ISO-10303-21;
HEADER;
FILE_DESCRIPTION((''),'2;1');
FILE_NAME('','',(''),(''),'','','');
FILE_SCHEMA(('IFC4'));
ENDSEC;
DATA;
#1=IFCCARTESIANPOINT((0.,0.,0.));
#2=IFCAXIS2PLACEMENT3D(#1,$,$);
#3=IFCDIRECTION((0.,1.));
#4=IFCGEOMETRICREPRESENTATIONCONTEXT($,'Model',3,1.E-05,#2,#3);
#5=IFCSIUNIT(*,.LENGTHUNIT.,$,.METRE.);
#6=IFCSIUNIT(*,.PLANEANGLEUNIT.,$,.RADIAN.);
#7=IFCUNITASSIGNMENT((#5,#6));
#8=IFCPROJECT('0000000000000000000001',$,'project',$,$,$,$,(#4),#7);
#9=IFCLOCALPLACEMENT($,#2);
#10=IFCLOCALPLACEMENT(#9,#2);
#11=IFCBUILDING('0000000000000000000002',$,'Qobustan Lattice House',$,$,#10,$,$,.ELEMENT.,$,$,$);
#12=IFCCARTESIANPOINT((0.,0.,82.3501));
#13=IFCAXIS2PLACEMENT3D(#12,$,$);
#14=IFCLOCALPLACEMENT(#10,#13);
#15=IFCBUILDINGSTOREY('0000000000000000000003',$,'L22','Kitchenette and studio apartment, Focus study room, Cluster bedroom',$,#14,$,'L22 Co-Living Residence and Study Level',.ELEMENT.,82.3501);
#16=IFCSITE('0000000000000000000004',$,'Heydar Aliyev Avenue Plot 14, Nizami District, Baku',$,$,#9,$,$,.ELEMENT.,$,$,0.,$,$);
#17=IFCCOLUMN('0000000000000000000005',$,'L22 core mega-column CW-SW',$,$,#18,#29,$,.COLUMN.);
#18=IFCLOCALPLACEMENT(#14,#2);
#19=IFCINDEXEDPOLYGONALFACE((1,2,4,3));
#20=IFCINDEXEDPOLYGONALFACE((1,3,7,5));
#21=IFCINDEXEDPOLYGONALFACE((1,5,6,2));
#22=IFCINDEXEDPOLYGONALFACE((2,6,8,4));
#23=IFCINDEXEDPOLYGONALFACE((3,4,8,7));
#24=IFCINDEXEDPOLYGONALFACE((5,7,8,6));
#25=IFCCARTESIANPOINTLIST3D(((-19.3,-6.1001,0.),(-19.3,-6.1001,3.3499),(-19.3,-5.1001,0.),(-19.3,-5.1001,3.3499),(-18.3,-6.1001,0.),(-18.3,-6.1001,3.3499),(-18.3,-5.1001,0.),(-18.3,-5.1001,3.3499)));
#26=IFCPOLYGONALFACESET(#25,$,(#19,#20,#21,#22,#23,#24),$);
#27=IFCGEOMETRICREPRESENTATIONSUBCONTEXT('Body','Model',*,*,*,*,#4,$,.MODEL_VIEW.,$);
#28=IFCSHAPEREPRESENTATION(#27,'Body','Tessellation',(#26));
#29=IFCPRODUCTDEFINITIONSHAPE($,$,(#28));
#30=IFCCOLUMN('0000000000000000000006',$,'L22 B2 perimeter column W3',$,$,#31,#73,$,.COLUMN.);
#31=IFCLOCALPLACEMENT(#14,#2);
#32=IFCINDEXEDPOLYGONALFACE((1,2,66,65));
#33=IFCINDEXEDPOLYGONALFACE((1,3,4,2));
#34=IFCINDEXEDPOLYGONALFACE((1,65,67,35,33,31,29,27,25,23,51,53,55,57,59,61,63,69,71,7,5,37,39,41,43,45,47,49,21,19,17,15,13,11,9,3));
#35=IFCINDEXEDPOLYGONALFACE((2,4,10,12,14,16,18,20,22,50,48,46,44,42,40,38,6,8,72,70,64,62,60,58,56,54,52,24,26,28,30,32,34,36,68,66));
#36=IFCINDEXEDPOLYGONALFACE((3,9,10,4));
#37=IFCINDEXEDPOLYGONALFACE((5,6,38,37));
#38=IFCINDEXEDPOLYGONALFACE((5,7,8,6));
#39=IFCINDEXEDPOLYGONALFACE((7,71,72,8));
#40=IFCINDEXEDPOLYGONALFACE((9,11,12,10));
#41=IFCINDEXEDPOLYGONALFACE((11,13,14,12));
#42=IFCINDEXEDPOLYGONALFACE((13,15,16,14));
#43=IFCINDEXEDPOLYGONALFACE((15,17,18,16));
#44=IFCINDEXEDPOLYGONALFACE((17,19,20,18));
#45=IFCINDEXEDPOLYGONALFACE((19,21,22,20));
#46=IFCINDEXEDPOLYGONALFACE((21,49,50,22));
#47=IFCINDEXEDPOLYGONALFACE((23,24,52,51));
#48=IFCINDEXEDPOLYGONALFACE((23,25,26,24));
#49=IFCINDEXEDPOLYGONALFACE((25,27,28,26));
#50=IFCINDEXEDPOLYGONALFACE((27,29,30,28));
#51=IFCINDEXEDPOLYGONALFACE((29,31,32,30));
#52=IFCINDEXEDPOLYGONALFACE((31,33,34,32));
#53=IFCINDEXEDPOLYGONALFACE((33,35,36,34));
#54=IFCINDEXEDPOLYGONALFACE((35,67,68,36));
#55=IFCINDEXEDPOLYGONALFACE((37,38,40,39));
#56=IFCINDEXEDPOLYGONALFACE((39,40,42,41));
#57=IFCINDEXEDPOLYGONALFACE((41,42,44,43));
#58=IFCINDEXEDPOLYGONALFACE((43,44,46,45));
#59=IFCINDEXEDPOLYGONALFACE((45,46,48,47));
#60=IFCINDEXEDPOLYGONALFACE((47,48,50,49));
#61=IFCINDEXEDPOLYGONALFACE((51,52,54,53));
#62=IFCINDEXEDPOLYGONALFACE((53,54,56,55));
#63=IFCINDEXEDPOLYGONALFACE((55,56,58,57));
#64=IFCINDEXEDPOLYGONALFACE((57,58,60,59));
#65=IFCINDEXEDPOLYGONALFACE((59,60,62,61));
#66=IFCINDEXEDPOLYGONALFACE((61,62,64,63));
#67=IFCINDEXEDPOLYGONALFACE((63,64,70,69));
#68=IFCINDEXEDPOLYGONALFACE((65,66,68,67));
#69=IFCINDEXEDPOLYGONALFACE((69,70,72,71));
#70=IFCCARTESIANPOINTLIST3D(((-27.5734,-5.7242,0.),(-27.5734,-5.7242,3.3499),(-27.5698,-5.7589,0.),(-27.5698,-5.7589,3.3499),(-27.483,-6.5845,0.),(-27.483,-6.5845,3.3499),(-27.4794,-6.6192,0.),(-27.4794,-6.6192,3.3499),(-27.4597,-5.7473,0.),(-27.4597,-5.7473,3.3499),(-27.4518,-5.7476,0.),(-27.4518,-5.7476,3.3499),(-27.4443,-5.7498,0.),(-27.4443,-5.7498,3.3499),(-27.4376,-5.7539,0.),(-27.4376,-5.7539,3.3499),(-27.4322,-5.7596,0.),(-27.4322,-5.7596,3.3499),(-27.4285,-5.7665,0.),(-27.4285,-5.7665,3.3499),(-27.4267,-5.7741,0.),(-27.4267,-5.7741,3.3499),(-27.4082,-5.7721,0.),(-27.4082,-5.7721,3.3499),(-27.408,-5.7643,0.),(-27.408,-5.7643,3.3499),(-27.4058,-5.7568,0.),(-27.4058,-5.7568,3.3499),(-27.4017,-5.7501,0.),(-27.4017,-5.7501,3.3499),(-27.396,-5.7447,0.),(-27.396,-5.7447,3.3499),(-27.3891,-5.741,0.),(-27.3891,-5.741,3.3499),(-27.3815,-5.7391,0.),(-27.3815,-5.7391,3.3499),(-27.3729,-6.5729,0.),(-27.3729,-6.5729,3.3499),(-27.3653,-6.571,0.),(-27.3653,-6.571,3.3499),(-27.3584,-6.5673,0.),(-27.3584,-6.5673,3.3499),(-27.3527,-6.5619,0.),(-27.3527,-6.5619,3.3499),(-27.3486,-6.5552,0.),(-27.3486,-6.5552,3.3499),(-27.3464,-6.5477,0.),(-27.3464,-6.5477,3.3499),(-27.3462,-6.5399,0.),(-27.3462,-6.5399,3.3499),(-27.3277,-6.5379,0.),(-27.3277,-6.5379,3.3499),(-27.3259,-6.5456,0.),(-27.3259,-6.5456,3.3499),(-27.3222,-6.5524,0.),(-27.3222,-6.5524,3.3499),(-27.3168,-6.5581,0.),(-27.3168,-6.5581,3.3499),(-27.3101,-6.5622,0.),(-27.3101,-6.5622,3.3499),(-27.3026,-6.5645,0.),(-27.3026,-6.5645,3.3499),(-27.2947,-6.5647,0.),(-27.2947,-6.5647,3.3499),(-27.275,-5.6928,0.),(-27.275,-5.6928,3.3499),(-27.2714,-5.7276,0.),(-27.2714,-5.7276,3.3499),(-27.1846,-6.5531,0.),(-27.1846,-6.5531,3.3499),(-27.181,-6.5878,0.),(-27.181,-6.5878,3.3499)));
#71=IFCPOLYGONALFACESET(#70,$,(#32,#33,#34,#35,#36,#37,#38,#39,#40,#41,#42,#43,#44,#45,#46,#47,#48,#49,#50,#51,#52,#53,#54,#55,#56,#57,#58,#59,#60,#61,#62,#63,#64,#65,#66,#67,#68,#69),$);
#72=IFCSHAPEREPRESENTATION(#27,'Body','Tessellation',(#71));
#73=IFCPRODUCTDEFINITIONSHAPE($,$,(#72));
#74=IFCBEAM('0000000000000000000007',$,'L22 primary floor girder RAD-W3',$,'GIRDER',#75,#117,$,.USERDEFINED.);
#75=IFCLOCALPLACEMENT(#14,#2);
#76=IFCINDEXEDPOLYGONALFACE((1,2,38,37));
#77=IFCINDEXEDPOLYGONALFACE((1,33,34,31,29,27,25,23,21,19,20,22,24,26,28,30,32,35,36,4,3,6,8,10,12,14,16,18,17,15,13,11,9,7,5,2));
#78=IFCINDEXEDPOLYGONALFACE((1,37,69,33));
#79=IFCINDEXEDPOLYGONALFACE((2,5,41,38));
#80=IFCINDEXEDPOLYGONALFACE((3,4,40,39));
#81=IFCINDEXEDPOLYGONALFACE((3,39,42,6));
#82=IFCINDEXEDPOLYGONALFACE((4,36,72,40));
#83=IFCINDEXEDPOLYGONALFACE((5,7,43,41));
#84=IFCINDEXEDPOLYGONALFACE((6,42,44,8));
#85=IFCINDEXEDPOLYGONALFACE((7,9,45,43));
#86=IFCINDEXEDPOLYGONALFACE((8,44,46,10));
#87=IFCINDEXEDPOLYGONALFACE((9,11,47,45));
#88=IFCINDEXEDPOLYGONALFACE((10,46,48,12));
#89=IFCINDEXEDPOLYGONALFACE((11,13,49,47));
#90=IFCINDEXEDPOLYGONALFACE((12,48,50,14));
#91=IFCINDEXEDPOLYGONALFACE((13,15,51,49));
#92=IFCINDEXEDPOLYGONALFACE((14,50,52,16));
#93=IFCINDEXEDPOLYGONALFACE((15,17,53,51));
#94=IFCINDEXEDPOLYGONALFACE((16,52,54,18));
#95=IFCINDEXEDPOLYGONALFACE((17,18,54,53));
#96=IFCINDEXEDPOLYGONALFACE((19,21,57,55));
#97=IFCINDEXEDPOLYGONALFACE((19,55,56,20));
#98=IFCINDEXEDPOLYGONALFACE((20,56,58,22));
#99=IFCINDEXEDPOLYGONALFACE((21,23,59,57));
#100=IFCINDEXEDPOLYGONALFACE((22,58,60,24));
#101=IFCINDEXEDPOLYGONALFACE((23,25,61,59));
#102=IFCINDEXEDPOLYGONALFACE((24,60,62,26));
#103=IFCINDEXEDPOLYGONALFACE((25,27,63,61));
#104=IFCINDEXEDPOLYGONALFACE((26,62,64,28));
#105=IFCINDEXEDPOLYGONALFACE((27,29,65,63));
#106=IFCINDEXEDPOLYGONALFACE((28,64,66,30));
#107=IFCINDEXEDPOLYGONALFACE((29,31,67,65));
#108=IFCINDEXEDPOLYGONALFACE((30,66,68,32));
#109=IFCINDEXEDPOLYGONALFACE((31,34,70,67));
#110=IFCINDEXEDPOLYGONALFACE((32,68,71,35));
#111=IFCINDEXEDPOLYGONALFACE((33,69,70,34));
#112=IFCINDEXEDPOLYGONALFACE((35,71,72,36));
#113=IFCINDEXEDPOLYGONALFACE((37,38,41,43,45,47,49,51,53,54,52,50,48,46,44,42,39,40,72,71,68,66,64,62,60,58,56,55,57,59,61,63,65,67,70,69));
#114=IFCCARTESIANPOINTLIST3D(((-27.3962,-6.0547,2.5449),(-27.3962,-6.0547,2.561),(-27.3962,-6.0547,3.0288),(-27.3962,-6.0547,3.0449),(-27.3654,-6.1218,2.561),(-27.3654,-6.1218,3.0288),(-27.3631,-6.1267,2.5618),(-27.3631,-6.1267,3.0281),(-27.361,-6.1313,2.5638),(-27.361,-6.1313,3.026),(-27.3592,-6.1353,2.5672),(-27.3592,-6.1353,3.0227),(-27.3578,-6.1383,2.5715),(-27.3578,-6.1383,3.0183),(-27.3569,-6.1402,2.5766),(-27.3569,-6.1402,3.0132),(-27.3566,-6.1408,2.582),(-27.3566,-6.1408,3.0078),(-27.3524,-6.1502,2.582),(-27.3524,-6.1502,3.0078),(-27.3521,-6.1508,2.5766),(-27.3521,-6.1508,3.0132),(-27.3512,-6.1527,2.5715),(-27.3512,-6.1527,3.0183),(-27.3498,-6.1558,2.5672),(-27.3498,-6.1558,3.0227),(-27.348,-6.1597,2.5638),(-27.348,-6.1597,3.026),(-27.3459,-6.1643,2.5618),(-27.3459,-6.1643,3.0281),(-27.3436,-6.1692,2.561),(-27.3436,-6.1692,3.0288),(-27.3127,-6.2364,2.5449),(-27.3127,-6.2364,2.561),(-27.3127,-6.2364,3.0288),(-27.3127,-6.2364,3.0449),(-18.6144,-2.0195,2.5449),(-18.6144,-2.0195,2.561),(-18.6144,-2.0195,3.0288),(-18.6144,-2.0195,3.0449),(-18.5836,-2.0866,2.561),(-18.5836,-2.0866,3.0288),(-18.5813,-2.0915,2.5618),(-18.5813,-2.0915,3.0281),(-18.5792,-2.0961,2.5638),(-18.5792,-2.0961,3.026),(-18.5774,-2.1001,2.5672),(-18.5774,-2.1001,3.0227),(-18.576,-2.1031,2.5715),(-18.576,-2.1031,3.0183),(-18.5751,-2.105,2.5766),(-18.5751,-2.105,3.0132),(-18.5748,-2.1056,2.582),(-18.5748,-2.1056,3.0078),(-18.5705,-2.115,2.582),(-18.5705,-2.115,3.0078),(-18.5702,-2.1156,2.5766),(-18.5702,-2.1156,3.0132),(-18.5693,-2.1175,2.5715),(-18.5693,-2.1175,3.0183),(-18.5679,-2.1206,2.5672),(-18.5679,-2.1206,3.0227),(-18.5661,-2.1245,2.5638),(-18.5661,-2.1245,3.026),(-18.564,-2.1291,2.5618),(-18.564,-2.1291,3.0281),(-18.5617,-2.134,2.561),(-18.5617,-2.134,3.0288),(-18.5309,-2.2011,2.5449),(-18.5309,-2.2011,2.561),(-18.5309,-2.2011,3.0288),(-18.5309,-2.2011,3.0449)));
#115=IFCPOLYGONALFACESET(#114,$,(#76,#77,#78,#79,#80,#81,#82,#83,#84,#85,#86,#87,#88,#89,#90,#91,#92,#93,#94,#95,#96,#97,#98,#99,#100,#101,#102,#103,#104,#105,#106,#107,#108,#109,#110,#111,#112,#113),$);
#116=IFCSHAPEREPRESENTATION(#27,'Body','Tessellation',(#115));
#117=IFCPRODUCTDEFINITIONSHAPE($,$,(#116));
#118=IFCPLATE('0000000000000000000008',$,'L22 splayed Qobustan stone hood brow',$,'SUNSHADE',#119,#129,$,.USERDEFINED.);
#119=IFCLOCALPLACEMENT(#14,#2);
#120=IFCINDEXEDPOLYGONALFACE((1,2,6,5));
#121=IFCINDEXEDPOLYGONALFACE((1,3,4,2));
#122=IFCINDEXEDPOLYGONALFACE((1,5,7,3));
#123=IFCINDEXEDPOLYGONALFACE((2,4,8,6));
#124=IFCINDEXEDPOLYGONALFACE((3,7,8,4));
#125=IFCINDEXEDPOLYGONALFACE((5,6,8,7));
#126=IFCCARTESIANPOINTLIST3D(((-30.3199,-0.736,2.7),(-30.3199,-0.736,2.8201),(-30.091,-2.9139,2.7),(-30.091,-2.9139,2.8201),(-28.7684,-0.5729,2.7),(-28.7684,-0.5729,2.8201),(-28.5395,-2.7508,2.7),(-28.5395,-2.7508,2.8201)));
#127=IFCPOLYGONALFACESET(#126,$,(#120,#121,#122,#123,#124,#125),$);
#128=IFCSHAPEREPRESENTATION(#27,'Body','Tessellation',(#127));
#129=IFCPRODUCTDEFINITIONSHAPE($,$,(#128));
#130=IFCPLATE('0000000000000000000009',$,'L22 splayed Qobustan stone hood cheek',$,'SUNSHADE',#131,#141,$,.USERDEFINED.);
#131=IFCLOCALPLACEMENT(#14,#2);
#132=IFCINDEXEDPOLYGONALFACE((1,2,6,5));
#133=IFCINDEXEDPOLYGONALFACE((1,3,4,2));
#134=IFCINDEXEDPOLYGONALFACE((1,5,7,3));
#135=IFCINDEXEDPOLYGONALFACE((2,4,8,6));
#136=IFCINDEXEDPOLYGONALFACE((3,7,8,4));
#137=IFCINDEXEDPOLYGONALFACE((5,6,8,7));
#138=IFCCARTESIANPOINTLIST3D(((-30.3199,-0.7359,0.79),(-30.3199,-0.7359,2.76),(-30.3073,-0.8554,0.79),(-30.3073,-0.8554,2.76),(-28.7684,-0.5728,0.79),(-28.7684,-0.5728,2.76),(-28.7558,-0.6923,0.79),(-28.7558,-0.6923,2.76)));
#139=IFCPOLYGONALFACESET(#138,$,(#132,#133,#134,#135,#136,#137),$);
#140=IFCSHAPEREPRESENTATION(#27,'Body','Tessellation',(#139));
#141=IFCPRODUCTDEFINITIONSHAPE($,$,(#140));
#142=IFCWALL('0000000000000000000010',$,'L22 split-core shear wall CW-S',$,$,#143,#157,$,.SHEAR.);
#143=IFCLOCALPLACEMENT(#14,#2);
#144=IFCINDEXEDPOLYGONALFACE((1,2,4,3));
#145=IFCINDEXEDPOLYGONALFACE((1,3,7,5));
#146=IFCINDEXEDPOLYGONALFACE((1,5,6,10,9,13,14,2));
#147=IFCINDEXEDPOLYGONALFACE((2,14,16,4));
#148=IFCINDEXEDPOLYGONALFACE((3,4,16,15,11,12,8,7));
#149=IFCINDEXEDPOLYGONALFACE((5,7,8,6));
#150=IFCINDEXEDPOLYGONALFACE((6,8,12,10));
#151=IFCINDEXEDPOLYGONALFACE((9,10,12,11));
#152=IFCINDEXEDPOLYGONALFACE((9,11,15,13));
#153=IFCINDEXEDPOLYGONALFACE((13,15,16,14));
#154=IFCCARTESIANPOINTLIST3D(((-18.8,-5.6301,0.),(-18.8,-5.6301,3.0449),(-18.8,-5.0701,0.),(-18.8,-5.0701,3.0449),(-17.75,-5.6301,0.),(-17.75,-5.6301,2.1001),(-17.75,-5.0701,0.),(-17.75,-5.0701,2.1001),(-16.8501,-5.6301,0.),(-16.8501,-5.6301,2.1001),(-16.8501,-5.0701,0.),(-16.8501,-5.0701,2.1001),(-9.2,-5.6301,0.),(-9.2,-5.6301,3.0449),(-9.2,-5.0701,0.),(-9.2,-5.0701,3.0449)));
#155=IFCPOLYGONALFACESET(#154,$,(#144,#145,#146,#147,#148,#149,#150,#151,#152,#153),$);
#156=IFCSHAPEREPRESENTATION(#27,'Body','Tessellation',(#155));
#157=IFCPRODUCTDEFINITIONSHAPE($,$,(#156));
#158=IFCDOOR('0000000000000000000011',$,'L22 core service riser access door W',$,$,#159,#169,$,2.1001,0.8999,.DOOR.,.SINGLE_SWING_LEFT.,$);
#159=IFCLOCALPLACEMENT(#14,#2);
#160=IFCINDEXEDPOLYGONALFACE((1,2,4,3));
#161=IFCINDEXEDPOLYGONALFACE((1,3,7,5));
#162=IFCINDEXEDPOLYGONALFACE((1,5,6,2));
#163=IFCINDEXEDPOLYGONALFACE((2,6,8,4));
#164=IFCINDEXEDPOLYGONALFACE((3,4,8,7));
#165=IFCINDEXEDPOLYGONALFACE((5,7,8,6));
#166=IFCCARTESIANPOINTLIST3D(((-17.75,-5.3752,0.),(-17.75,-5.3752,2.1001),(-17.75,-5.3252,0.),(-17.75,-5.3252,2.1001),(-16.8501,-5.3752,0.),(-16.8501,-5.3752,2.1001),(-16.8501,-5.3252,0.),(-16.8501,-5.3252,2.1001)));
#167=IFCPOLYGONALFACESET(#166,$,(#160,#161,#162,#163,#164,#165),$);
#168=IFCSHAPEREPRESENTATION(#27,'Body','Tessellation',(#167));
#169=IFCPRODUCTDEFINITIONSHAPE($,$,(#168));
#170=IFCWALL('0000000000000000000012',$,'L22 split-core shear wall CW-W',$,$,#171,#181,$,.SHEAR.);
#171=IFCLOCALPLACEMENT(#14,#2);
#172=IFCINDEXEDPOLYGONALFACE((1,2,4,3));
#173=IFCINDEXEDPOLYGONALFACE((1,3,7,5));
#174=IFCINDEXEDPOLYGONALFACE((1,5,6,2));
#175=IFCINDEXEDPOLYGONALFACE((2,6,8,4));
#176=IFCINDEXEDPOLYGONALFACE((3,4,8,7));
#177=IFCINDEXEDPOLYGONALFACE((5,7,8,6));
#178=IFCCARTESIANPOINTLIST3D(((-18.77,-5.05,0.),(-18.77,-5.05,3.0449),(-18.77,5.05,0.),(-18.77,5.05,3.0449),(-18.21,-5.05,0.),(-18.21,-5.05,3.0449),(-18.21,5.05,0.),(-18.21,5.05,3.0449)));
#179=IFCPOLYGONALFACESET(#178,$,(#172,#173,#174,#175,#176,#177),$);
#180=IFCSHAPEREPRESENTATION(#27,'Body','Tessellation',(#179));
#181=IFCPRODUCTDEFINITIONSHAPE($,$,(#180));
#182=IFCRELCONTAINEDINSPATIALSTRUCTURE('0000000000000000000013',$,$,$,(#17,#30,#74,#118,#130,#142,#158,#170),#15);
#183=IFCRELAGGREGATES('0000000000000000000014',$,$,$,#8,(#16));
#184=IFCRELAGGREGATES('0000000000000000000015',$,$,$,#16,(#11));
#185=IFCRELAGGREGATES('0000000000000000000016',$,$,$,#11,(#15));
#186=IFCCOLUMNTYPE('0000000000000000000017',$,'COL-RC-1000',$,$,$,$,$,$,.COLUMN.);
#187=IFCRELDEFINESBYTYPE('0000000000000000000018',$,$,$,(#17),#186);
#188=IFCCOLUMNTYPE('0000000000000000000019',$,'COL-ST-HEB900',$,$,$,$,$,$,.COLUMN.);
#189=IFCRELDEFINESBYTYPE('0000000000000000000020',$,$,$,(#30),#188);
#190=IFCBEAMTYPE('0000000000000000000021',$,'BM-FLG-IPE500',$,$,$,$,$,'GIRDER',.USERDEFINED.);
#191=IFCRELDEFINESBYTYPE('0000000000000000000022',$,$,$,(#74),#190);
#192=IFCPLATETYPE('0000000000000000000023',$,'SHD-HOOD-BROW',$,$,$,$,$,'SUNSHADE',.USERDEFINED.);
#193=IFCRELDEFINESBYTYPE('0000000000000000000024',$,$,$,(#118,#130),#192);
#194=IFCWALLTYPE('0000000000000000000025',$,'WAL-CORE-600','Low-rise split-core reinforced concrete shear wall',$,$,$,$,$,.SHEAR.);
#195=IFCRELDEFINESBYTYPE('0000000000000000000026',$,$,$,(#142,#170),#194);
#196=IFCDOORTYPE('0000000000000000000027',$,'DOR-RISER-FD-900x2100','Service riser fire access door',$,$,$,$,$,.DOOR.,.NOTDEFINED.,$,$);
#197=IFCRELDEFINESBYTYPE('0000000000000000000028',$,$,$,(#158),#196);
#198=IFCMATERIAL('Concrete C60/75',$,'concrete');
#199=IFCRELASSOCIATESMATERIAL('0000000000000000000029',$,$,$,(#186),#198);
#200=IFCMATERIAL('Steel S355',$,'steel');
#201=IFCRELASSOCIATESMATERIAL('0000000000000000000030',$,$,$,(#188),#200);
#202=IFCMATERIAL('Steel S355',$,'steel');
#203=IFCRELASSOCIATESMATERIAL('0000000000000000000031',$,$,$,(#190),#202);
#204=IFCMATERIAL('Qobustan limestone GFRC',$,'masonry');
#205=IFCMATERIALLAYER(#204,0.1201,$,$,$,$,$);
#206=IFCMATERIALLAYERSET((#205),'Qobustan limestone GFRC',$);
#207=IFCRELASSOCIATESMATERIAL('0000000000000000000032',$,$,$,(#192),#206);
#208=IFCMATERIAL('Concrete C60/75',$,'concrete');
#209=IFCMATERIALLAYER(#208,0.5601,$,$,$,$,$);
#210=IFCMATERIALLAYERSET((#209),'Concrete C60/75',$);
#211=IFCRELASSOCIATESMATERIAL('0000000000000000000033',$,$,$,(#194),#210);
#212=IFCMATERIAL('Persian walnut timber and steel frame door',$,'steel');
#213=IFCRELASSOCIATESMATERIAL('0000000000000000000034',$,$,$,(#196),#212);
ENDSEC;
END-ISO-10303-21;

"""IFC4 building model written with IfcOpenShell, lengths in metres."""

from ifc_helpers import new_model, si_unit, direction, frame, frame_2d, origin, origin_2d, place, context, subcontext, project, spatial, rectangle, i_section, extrude, material, layer, layer_set, material_profile, profile_set, type_object, element, fill, save


model = new_model("IFC4")

# Units and contexts
model_context = context("Model", 3, precision=1e-05, world=origin(), true_north=direction((0.0, 1.0)))
body_context = subcontext(model_context, "Body", "Model", "MODEL_VIEW")
ifc_project = project(units=[si_unit("LENGTHUNIT", "METRE"), si_unit("PLANEANGLEUNIT", "RADIAN")], contexts=[model_context])

# Site, building, storey
site_placement = place(None, origin())
site = spatial("IfcSite", under=ifc_project, at=site_placement, Name="Heydar Aliyev Avenue Plot 14, Nizami District, Baku", CompositionType="ELEMENT", RefElevation=0.0)
building_placement = place(site_placement, origin())
building = spatial("IfcBuilding", under=site, at=building_placement, Name="Qobustan Lattice House", CompositionType="ELEMENT")
storey_placement = place(building_placement, frame((0.0, 0.0, 82.3501)))
storey = spatial("IfcBuildingStorey", under=building, at=storey_placement, Name="L22", Description="Kitchenette and studio apartment, Focus study room, Cluster bedroom", LongName="L22 Co-Living Residence and Study Level", CompositionType="ELEMENT", Elevation=82.3501)

# Columns
ifc_material_1 = material(Name="Concrete C60/75", Category="concrete")
ifc_material_profile_1 = material_profile(ifc_material_1, rectangle(XDim=1.0, YDim=1.0, at=origin_2d()), Name="RC1000x1000")
ifc_profile_set_1 = profile_set([ifc_material_profile_1], Name="Concrete C60/75")
column_type_1 = type_object("IfcColumnType", Name="COL-RC-1000", PredefinedType="COLUMN", material=ifc_profile_set_1)
column_1_placement = place(storey_placement, frame((-18.8, -5.6001, 0.0), z_axis=(0.0, 0.0, 1.0), x_axis=(1.0, 0.0, 0.0)))
element("IfcColumn", 1, at=column_1_placement, inside=storey, type_object=column_type_1, Name="L22 core mega-column CW-SW", PredefinedType="COLUMN", context=body_context, shape_type="SweptSolid", body=[
    extrude(rectangle(XDim=1.0, YDim=1.0, at=origin_2d()), origin(), (0.0, 0.0, 1.0), 3.3499),
])
ifc_material_2 = material(Name="Steel S355", Category="steel")
ifc_material_profile_2 = material_profile(ifc_material_2, i_section(OverallWidth=0.3, OverallDepth=0.8999, WebThickness=0.0186, FlangeThickness=0.0349, FilletRadius=0.03, at=origin_2d()), Name="HEB900")
ifc_profile_set_2 = profile_set([ifc_material_profile_2], Name="Steel S355")
column_type_2 = type_object("IfcColumnType", Name="COL-ST-HEB900", PredefinedType="COLUMN", material=ifc_profile_set_2)
column_2_placement = place(storey_placement, frame((-27.3772, -6.156, 0.0), z_axis=(0.0, 0.0, 1.0), x_axis=(0.994522, 0.104528, 0.0)))
element("IfcColumn", 2, at=column_2_placement, inside=storey, type_object=column_type_2, Name="L22 B2 perimeter column W3", PredefinedType="COLUMN", context=body_context, shape_type="SweptSolid", body=[
    extrude(i_section(OverallWidth=0.3, OverallDepth=0.8999, WebThickness=0.0186, FlangeThickness=0.0349, FilletRadius=0.03, at=origin_2d()), origin(), (0.0, 0.0, 1.0), 3.3499),
])

# Beam
ifc_material_3 = material(Name="Steel S355", Category="steel")
ifc_material_profile_3 = material_profile(ifc_material_3, i_section(OverallWidth=0.2, OverallDepth=0.5, WebThickness=0.0103, FlangeThickness=0.0161, FilletRadius=0.021, at=origin_2d()), Name="IPE500")
ifc_profile_set_3 = profile_set([ifc_material_profile_3], Name="Steel S355")
beam_type = type_object("IfcBeamType", Name="BM-FLG-IPE500", ElementType="GIRDER", PredefinedType="USERDEFINED", material=ifc_profile_set_3)
beam_placement = place(storey_placement, frame((-27.3545, -6.1455, 2.7949), z_axis=(0.908665, 0.417526, 0.0), x_axis=(-0.417526, 0.908665, 0.0)))
element("IfcBeam", 3, at=beam_placement, inside=storey, type_object=beam_type, Name="L22 primary floor girder RAD-W3", ObjectType="GIRDER", PredefinedType="USERDEFINED", context=body_context, shape_type="SweptSolid", body=[
    extrude(i_section(OverallWidth=0.2, OverallDepth=0.5, WebThickness=0.0103, FlangeThickness=0.0161, FilletRadius=0.021, at=origin_2d()), origin(), (0.0, 0.0, 1.0), 9.6646),
])

# Plates
ifc_material_4 = material(Name="Qobustan limestone GFRC", Category="masonry")
ifc_layer_1 = layer(ifc_material_4, 0.1201)
ifc_layer_set_1 = layer_set([ifc_layer_1], Name="Qobustan limestone GFRC")
plate_type = type_object("IfcPlateType", Name="SHD-HOOD-BROW", ElementType="SUNSHADE", PredefinedType="USERDEFINED", material=ifc_layer_set_1)
plate_1_placement = place(storey_placement, frame((-29.4297, -1.7434, 2.7), z_axis=(0.0, 0.0, 1.0), x_axis=(-0.104528, 0.994522, 0.0)))
element("IfcPlate", 4, at=plate_1_placement, inside=storey, type_object=plate_type, Name="L22 splayed Qobustan stone hood brow", ObjectType="SUNSHADE", PredefinedType="USERDEFINED", context=body_context, shape_type="SweptSolid", body=[
    extrude(rectangle(XDim=2.1899, YDim=1.5601, at=origin_2d()), origin(), (0.0, 0.0, 1.0), 0.1201),
])
plate_2_placement = place(storey_placement, frame((-29.5378, -0.7141, 0.79), z_axis=(0.0, 0.0, 1.0), x_axis=(-0.104528, 0.994522, 0.0)))
element("IfcPlate", 5, at=plate_2_placement, inside=storey, type_object=plate_type, Name="L22 splayed Qobustan stone hood cheek", ObjectType="SUNSHADE", PredefinedType="USERDEFINED", context=body_context, shape_type="SweptSolid", body=[
    extrude(rectangle(XDim=0.1201, YDim=1.5601, at=origin_2d()), origin(), (0.0, 0.0, 1.0), 1.97),
])

# Wall, opening, door
ifc_material_5 = material(Name="Concrete C60/75", Category="concrete")
ifc_layer_2 = layer(ifc_material_5, 0.5601)
ifc_layer_set_2 = layer_set([ifc_layer_2], Name="Concrete C60/75")
wall_type_1 = type_object("IfcWallType", Name="WAL-CORE-600", Description="Low-rise split-core reinforced concrete shear wall", PredefinedType="SHEAR", material=ifc_layer_set_2)
wall_1_placement = place(storey_placement, frame((-18.8, -5.3501, 0.0), z_axis=(0.0, 0.0, 1.0), x_axis=(1.0, 0.0, 0.0)))
wall_1 = element("IfcWall", 6, at=wall_1_placement, inside=storey, type_object=wall_type_1, Name="L22 split-core shear wall CW-S", PredefinedType="SHEAR", context=body_context, shape_type="SweptSolid", body=[
    extrude(rectangle(XDim=9.6001, YDim=0.5601, at=frame_2d((4.8, 0.0))), origin(), (0.0, 0.0, 1.0), 3.0449),
])
opening_1_placement = place(wall_1_placement, frame((1.05, 0.0, 0.0)))
opening_1 = element("IfcOpeningElement", 7, at=opening_1_placement, cuts=wall_1, PredefinedType="OPENING", context=body_context, shape_type="SweptSolid", body=[
    extrude(rectangle(XDim=0.8999, YDim=2.1001, at=frame_2d((0.45, 1.05))), frame((0.0, 0.29, 0.0), z_axis=(0.0, -1.0, 0.0), x_axis=(1.0, 0.0, 0.0)), (0.0, 0.0, 1.0), 0.5801),
])
ifc_material_6 = material(Name="Persian walnut timber and steel frame door", Category="steel")
door_type_1 = type_object("IfcDoorType", Name="DOR-RISER-FD-900x2100", Description="Service riser fire access door", OperationType="NOTDEFINED", PredefinedType="DOOR", material=ifc_material_6)
door_1_placement = place(opening_1_placement, origin())
door_1 = element("IfcDoor", 8, at=door_1_placement, inside=storey, type_object=door_type_1, Name="L22 core service riser access door W", OperationType="SINGLE_SWING_LEFT", OverallHeight=2.1001, OverallWidth=0.8999, PredefinedType="DOOR", context=body_context, shape_type="SweptSolid", body=[
    extrude(rectangle(XDim=0.8999, YDim=2.1001, at=frame_2d((0.45, 1.05))), frame((0.0, 0.0249, 0.0), z_axis=(0.0, -1.0, 0.0), x_axis=(1.0, 0.0, 0.0)), (0.0, 0.0, 1.0), 0.05),
])
fill(opening_1, door_1)

# Wall
wall_2_placement = place(storey_placement, frame((-18.49, -5.05, 0.0), z_axis=(0.0, 0.0, 1.0), x_axis=(0.0, 1.0, 0.0)))
element("IfcWall", 9, at=wall_2_placement, inside=storey, type_object=wall_type_1, Name="L22 split-core shear wall CW-W", PredefinedType="SHEAR", context=body_context, shape_type="SweptSolid", body=[
    extrude(rectangle(XDim=10.1001, YDim=0.5601, at=frame_2d((5.05, 0.0))), origin(), (0.0, 0.0, 1.0), 3.0449),
])

save(model, "model.ifc")
